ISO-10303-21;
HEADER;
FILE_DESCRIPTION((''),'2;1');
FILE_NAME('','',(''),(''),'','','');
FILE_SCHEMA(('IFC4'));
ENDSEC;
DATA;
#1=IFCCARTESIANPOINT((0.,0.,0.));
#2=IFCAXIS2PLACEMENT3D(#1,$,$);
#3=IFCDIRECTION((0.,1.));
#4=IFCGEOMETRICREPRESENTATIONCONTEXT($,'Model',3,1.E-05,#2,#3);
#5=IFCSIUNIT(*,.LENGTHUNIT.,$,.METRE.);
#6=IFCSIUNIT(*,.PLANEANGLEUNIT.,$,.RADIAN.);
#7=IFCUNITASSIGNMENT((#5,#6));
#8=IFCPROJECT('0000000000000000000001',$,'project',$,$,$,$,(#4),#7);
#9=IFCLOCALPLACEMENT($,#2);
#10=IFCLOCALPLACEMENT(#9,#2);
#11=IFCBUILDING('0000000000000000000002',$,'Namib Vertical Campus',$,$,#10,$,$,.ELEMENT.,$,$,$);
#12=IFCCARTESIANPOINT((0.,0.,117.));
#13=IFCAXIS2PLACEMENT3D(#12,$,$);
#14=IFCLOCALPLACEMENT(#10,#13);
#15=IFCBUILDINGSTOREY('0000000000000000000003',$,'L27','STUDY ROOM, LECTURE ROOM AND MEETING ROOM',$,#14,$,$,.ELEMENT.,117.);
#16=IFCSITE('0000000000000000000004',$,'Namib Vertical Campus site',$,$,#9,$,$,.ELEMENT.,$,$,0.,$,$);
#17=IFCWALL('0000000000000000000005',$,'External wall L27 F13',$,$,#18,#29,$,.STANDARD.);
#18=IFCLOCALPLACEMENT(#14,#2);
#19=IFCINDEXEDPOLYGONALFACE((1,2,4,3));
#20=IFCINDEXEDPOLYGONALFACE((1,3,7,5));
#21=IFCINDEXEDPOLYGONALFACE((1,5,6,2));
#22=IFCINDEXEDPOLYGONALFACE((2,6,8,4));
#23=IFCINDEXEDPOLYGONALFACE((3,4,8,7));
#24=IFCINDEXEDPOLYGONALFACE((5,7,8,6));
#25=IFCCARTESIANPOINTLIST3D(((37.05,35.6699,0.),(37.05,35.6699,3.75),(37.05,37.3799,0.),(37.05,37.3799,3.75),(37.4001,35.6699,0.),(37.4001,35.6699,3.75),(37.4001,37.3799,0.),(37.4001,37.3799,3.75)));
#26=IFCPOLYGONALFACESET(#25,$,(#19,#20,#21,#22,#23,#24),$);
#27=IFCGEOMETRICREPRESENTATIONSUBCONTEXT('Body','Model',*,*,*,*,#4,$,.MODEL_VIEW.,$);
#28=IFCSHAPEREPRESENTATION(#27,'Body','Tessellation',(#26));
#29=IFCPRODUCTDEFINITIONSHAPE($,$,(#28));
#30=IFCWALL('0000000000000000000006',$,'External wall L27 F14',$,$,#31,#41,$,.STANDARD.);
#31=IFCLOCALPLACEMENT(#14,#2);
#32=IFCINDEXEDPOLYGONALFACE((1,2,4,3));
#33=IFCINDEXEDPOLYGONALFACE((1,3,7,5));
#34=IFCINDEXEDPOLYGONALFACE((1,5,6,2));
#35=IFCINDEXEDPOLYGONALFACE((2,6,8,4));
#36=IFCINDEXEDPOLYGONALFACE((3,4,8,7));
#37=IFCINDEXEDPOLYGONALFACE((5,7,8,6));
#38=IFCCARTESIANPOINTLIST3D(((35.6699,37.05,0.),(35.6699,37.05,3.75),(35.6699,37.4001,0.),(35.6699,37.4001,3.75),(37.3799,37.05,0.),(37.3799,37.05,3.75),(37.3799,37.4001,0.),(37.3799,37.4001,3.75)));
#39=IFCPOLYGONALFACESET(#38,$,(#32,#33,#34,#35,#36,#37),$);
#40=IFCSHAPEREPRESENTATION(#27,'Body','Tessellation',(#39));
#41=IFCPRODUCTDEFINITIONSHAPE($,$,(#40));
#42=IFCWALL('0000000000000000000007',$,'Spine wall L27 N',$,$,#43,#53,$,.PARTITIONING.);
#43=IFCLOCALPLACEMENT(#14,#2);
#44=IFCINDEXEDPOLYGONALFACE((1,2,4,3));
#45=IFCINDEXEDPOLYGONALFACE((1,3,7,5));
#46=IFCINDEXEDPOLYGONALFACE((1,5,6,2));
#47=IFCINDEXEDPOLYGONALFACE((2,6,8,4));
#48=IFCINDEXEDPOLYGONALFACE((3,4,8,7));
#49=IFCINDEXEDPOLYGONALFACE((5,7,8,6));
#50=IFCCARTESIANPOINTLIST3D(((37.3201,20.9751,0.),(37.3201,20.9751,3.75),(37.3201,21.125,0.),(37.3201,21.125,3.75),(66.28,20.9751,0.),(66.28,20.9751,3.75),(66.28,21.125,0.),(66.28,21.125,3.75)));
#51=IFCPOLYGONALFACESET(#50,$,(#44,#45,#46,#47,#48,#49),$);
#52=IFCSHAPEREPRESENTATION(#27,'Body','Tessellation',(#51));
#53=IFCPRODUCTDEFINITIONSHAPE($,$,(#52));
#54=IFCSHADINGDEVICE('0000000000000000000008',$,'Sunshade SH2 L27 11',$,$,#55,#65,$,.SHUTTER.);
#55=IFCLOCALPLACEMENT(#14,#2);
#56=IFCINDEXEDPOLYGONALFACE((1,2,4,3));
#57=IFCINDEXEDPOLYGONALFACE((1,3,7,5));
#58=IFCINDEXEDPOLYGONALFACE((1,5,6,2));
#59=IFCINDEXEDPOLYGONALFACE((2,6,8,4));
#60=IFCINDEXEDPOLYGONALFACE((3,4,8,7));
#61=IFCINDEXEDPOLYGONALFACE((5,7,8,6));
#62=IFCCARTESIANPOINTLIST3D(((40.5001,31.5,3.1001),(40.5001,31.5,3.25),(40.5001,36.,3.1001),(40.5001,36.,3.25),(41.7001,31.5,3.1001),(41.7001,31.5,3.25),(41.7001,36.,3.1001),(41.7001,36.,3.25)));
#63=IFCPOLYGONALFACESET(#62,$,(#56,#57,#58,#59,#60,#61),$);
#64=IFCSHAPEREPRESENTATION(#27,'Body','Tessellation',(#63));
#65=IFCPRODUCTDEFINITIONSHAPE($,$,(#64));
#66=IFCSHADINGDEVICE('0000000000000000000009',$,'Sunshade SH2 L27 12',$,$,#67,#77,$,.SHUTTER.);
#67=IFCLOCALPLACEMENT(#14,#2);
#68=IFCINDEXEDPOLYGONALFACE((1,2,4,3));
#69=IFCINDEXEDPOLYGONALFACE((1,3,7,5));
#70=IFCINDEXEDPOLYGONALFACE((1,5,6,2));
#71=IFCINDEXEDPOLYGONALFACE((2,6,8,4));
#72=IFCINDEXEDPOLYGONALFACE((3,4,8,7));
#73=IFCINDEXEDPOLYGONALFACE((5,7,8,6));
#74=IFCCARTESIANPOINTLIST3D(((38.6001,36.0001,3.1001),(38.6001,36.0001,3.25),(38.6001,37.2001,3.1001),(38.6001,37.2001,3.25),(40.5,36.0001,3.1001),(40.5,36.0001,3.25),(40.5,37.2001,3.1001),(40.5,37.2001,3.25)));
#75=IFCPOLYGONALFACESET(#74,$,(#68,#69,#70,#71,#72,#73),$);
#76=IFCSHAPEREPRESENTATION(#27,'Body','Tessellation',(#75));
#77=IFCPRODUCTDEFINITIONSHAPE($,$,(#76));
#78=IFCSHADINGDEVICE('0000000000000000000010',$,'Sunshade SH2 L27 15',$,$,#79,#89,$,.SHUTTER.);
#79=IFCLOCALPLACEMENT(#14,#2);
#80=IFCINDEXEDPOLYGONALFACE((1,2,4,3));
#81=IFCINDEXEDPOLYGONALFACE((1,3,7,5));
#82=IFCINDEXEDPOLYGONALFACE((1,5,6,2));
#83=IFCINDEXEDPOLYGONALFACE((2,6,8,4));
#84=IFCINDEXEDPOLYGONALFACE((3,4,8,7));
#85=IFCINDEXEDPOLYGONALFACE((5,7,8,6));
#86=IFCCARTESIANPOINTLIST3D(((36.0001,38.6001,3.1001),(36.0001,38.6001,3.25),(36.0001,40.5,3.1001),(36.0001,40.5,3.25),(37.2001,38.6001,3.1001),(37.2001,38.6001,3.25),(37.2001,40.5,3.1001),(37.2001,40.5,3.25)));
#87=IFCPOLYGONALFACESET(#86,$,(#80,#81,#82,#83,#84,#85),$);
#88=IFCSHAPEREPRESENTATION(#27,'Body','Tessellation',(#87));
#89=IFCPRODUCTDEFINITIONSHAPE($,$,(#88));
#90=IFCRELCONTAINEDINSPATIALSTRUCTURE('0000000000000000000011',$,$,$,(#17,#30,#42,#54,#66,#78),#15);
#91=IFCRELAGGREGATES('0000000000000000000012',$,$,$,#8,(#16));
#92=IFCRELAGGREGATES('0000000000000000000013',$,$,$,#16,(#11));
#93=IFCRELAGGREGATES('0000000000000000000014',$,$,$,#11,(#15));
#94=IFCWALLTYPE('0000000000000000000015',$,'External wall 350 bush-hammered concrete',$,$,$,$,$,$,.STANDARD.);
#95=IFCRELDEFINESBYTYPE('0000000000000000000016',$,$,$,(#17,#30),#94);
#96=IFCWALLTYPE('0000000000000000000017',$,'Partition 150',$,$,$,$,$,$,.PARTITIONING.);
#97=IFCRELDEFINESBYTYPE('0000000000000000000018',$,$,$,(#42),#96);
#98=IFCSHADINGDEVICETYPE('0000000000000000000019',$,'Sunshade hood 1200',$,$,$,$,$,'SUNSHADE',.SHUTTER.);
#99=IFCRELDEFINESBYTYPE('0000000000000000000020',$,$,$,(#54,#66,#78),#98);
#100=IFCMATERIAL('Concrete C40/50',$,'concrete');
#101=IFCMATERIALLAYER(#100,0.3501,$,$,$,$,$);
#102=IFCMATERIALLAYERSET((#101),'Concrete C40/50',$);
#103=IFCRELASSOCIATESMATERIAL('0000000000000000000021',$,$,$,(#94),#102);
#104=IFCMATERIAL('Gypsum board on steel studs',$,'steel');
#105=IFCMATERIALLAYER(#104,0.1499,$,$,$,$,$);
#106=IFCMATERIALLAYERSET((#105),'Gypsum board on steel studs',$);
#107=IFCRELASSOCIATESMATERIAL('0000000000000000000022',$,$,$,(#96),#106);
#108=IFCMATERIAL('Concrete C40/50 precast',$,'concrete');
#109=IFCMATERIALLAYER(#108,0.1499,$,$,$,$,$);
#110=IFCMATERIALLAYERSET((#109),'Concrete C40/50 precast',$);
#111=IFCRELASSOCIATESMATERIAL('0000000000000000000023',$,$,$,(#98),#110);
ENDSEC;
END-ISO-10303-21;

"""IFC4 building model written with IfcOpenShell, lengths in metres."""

from ifc_helpers import new_model, si_unit, direction, frame, frame_2d, origin, origin_2d, place, context, subcontext, project, spatial, rectangle, extrude, material, layer, layer_set, type_object, element, save


model = new_model("IFC4")

# Units and contexts
model_context = context("Model", 3, precision=1e-05, world=origin(), true_north=direction((0.0, 1.0)))
body_context = subcontext(model_context, "Body", "Model", "MODEL_VIEW")
ifc_project = project(units=[si_unit("LENGTHUNIT", "METRE"), si_unit("PLANEANGLEUNIT", "RADIAN")], contexts=[model_context])

# Site, building, storey
site_placement = place(None, origin())
site = spatial("IfcSite", under=ifc_project, at=site_placement, Name="Namib Vertical Campus site", CompositionType="ELEMENT", RefElevation=0.0)
building_placement = place(site_placement, origin())
building = spatial("IfcBuilding", under=site, at=building_placement, Name="Namib Vertical Campus", CompositionType="ELEMENT")
storey_placement = place(building_placement, frame((0.0, 0.0, 117.0)))
storey = spatial("IfcBuildingStorey", under=building, at=storey_placement, Name="L27", Description="STUDY ROOM, LECTURE ROOM AND MEETING ROOM", CompositionType="ELEMENT", Elevation=117.0)

# Walls
ifc_material_1 = material(Name="Concrete C40/50", Category="concrete")
ifc_layer_1 = layer(ifc_material_1, 0.3501)
ifc_layer_set_1 = layer_set([ifc_layer_1], Name="Concrete C40/50")
wall_type_1 = type_object("IfcWallType", Name="External wall 350 bush-hammered concrete", PredefinedType="STANDARD", material=ifc_layer_set_1)
for number, where, z_axis, x_axis, name in (
    (1, (37.2251, 35.6699, 0.0), (0.0, 0.0, 1.0), (0.0, 1.0, 0.0), "External wall L27 F13"),
    (2, (37.3799, 37.2251, 0.0), (0.0, 0.0, 1.0), (-1.0, 0.0, 0.0), "External wall L27 F14"),
):
    element("IfcWall", number, at=place(storey_placement, frame(where, z_axis=z_axis, x_axis=x_axis)), inside=storey, type_object=wall_type_1, Name=name, PredefinedType="STANDARD", context=body_context, shape_type="SweptSolid", body=[
        extrude(rectangle(XDim=1.71, YDim=0.3501, at=frame_2d((0.855, 0.0))), origin(), (0.0, 0.0, 1.0), 3.75),
    ])
ifc_material_2 = material(Name="Gypsum board on steel studs", Category="steel")
ifc_layer_2 = layer(ifc_material_2, 0.1499)
ifc_layer_set_2 = layer_set([ifc_layer_2], Name="Gypsum board on steel studs")
wall_type_2 = type_object("IfcWallType", Name="Partition 150", PredefinedType="PARTITIONING", material=ifc_layer_set_2)
wall_1_placement = place(storey_placement, frame((37.3201, 21.05, 0.0), z_axis=(0.0, 0.0, 1.0), x_axis=(1.0, 0.0, 0.0)))
element("IfcWall", 3, at=wall_1_placement, inside=storey, type_object=wall_type_2, Name="Spine wall L27 N", PredefinedType="PARTITIONING", context=body_context, shape_type="SweptSolid", body=[
    extrude(rectangle(XDim=28.96, YDim=0.1499, at=frame_2d((14.48, 0.0))), origin(), (0.0, 0.0, 1.0), 3.75),
])

# Shading devices
ifc_material_3 = material(Name="Concrete C40/50 precast", Category="concrete")
ifc_layer_3 = layer(ifc_material_3, 0.1499)
ifc_layer_set_3 = layer_set([ifc_layer_3], Name="Concrete C40/50 precast")
shading_device_type = type_object("IfcShadingDeviceType", Name="Sunshade hood 1200", ElementType="SUNSHADE", PredefinedType="SHUTTER", material=ifc_layer_set_3)
shading_device_placement = place(storey_placement, frame((41.1001, 33.75, 3.1001), z_axis=(0.0, 0.0, 1.0), x_axis=(0.0, 1.0, 0.0)))
element("IfcShadingDevice", 4, at=shading_device_placement, inside=storey, type_object=shading_device_type, Name="Sunshade SH2 L27 11", PredefinedType="SHUTTER", context=body_context, shape_type="SweptSolid", body=[
    extrude(rectangle(XDim=4.5, YDim=1.2, at=origin_2d()), origin(), (0.0, 0.0, 1.0), 0.1499),
])
for number, where, z_axis, x_axis, name in (
    (5, (39.55, 36.6001, 3.1001), (0.0, 0.0, 1.0), (-1.0, 0.0, 0.0), "Sunshade SH2 L27 12"),
    (6, (36.6001, 39.55, 3.1001), (0.0, 0.0, 1.0), (0.0, 1.0, 0.0), "Sunshade SH2 L27 15"),
):
    element("IfcShadingDevice", number, at=place(storey_placement, frame(where, z_axis=z_axis, x_axis=x_axis)), inside=storey, type_object=shading_device_type, Name=name, PredefinedType="SHUTTER", context=body_context, shape_type="SweptSolid", body=[
        extrude(rectangle(XDim=1.8999, YDim=1.2, at=origin_2d()), origin(), (0.0, 0.0, 1.0), 0.1499),
    ])

save(model, "model.ifc")
